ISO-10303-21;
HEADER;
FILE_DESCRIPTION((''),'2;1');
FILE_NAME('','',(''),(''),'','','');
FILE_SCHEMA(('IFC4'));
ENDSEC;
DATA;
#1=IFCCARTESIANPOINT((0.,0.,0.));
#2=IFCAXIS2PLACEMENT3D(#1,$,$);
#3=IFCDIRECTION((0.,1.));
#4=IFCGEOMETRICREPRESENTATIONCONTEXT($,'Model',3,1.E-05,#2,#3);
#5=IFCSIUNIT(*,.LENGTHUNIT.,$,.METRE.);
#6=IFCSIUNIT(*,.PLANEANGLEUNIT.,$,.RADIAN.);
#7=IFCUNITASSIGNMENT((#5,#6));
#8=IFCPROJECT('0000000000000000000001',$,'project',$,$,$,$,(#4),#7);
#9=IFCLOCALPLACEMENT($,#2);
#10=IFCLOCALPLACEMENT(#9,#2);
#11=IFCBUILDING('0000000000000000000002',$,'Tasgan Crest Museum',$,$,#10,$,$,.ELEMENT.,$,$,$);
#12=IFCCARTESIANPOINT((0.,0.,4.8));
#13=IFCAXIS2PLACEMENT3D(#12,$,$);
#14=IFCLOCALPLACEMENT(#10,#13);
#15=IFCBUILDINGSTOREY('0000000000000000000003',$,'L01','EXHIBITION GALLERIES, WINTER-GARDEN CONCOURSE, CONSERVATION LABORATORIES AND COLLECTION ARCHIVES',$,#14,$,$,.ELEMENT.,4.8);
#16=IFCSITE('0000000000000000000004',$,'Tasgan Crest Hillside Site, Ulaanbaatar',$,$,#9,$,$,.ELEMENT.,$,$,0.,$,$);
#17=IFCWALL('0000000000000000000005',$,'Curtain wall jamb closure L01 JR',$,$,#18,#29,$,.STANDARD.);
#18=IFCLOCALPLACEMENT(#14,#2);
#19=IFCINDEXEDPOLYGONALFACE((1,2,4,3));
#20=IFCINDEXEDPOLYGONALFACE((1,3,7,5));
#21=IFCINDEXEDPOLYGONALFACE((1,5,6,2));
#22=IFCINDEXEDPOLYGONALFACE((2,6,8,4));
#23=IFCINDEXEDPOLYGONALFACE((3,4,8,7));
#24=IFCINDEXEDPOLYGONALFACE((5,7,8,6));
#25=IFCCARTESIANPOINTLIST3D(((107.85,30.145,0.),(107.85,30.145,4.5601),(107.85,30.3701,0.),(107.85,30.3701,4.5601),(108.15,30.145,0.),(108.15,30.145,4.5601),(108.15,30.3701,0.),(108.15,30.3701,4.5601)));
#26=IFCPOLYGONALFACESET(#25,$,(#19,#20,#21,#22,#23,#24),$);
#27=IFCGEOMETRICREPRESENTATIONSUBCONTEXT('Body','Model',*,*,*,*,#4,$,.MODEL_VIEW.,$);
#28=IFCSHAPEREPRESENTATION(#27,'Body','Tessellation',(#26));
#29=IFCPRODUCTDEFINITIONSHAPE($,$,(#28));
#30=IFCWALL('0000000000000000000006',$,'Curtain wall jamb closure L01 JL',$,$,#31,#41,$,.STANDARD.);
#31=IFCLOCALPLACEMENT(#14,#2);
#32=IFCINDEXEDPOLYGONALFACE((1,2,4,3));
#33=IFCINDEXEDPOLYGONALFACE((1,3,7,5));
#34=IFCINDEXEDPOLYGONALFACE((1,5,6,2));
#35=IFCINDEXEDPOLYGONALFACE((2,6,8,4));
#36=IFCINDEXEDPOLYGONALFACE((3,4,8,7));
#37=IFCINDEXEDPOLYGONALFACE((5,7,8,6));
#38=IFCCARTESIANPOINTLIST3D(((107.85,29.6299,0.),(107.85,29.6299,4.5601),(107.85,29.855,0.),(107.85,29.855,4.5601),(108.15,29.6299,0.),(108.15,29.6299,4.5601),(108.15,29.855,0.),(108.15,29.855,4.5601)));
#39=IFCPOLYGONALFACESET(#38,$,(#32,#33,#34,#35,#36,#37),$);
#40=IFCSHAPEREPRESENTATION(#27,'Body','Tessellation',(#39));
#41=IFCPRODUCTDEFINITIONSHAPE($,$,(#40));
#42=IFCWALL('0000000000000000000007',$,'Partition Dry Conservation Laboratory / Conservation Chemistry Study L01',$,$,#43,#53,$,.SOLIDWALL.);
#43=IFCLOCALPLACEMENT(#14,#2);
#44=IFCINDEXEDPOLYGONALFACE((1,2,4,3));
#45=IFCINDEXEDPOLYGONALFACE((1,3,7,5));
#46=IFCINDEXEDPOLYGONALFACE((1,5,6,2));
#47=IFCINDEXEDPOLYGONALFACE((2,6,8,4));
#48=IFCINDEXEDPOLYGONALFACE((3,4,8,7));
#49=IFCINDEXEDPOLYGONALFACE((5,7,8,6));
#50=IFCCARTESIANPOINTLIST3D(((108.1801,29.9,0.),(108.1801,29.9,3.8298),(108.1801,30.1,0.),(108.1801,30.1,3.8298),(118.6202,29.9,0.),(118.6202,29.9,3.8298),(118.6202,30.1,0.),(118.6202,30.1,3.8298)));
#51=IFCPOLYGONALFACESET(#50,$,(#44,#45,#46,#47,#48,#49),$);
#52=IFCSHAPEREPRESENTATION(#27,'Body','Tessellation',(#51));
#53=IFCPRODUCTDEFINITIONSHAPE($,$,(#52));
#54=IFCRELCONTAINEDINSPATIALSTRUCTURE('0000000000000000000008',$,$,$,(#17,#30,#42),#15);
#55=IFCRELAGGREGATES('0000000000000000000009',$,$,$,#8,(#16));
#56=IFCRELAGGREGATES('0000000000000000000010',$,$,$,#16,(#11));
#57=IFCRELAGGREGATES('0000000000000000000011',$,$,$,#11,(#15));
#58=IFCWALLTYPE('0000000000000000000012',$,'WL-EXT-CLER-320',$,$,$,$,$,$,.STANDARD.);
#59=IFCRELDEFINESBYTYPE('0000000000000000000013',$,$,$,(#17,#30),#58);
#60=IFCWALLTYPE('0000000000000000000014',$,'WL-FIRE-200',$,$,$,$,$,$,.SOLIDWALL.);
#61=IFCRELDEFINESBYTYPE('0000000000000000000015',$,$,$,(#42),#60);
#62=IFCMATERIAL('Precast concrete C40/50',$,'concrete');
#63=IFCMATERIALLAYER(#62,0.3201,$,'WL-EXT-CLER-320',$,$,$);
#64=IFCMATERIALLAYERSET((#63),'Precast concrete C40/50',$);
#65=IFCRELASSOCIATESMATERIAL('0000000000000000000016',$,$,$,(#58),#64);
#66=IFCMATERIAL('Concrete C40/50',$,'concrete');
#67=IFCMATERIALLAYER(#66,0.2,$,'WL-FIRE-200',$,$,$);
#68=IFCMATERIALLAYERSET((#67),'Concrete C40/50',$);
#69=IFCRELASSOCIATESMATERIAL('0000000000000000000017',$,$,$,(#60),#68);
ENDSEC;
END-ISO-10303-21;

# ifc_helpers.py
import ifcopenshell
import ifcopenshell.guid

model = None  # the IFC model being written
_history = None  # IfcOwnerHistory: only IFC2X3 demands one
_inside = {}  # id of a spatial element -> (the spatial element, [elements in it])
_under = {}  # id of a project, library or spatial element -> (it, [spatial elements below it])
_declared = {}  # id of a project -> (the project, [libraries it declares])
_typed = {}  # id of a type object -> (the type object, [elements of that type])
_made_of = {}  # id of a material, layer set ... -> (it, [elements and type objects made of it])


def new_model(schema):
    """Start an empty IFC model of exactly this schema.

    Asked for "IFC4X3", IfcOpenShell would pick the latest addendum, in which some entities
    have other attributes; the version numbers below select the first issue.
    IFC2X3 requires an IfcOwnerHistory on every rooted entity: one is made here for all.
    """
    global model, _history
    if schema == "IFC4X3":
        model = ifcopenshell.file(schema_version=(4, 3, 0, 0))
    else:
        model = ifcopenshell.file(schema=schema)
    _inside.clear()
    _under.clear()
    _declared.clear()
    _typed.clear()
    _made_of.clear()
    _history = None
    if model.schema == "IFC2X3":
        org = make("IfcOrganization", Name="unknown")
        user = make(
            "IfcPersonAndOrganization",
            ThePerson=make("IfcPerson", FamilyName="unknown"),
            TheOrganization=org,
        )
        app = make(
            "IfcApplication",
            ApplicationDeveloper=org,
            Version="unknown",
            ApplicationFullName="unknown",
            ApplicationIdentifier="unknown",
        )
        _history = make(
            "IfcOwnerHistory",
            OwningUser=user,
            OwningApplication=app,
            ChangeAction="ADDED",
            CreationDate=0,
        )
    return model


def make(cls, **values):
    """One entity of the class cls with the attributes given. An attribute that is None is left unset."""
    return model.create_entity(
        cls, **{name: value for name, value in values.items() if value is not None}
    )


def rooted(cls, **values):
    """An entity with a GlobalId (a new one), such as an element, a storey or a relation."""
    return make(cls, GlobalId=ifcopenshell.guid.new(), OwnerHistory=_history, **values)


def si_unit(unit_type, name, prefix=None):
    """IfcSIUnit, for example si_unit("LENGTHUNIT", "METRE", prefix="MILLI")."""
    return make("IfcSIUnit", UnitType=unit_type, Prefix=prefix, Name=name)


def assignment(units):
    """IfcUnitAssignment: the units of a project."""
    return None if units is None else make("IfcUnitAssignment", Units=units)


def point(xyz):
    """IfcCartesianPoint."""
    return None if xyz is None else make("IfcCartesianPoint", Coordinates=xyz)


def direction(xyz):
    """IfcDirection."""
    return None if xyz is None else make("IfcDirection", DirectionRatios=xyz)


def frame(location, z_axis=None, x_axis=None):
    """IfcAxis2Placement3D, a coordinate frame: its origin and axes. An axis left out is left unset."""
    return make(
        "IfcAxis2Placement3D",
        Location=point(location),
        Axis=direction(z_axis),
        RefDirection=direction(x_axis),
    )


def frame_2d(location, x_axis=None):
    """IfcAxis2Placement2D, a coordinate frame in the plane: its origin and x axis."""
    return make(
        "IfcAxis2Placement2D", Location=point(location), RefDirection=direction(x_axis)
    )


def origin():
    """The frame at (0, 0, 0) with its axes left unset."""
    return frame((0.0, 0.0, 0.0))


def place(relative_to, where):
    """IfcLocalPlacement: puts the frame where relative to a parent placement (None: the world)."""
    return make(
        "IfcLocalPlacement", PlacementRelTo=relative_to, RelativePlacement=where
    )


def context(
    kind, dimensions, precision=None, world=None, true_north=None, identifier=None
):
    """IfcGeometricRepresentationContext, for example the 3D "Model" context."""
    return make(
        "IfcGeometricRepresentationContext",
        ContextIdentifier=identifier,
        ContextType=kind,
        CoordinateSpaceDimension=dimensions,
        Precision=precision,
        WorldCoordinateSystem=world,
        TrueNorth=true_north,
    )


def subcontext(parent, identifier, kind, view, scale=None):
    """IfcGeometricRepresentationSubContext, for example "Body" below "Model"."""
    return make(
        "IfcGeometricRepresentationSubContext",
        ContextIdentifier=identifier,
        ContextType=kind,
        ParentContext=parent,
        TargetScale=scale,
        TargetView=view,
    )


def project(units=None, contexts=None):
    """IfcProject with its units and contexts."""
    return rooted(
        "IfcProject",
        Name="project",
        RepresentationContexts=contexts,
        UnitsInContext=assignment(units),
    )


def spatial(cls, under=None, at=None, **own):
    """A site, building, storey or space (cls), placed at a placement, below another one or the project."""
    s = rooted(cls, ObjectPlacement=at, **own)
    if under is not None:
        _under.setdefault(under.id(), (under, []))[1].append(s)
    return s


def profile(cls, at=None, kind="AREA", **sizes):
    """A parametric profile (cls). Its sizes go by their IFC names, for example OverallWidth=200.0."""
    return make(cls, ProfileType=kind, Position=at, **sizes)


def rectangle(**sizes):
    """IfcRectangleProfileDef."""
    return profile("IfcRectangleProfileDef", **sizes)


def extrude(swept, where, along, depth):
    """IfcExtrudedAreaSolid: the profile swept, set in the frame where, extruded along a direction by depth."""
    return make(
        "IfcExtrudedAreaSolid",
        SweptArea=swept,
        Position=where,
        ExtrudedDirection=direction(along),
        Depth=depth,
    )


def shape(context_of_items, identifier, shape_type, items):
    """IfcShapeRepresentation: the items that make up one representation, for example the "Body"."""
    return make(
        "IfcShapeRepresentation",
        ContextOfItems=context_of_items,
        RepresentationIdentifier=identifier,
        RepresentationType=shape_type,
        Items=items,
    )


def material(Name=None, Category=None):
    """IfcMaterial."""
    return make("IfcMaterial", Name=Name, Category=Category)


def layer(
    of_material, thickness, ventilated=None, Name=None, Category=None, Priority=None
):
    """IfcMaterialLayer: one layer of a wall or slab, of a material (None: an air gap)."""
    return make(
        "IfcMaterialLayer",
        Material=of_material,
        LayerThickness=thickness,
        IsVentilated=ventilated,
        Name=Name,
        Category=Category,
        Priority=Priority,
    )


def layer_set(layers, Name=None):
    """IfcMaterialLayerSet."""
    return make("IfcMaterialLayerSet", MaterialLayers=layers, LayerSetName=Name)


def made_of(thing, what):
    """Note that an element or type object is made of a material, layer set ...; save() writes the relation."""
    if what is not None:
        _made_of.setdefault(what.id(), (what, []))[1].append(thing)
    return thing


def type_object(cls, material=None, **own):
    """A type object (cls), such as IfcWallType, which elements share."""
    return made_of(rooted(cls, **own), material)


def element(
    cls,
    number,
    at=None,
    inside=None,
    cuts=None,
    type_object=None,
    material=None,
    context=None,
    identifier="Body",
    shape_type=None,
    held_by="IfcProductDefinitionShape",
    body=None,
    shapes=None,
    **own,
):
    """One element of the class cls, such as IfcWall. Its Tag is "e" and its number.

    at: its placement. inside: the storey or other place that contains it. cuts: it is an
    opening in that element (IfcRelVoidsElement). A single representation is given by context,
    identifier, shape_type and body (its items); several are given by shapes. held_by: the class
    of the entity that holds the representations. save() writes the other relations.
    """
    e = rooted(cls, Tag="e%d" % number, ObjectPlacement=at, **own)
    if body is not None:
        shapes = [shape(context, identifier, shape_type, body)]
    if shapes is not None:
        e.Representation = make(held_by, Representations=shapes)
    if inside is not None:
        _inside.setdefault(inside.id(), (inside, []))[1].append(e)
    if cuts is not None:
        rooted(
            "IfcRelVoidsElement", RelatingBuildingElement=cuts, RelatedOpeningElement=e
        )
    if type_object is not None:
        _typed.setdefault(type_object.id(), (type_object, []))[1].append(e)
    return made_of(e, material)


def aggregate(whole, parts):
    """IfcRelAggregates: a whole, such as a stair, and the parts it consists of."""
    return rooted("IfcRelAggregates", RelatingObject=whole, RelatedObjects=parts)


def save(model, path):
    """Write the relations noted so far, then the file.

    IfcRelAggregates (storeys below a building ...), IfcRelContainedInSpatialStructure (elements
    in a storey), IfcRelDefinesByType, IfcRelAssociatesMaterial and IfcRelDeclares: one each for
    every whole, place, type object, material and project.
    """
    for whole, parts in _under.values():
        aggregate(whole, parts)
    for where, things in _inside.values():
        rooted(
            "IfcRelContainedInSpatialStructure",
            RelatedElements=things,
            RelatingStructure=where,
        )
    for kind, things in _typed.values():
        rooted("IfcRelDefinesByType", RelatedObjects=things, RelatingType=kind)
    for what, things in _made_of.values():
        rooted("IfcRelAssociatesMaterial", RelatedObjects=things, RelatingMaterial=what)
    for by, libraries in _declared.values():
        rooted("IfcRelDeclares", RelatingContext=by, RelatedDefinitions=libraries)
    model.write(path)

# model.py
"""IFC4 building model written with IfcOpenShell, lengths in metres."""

from ifc_helpers import new_model, si_unit, direction, frame, frame_2d, origin, place, context, subcontext, project, spatial, rectangle, extrude, material, layer, layer_set, type_object, element, save


model = new_model("IFC4")

# Units and contexts
model_context = context("Model", 3, precision=1e-05, world=origin(), true_north=direction((0.0, 1.0)))
body_context = subcontext(model_context, "Body", "Model", "MODEL_VIEW")
ifc_project = project(units=[si_unit("LENGTHUNIT", "METRE"), si_unit("PLANEANGLEUNIT", "RADIAN")], contexts=[model_context])

# Site, building, storey
site_placement = place(None, origin())
site = spatial("IfcSite", under=ifc_project, at=site_placement, Name="Tasgan Crest Hillside Site, Ulaanbaatar", CompositionType="ELEMENT", RefElevation=0.0)
building_placement = place(site_placement, origin())
building = spatial("IfcBuilding", under=site, at=building_placement, Name="Tasgan Crest Museum", CompositionType="ELEMENT")
storey_placement = place(building_placement, frame((0.0, 0.0, 4.8)))
storey = spatial("IfcBuildingStorey", under=building, at=storey_placement, Name="L01", Description="EXHIBITION GALLERIES, WINTER-GARDEN CONCOURSE, CONSERVATION LABORATORIES AND COLLECTION ARCHIVES", CompositionType="ELEMENT", Elevation=4.8)

# Walls
ifc_material_1 = material(Name="Precast concrete C40/50", Category="concrete")
ifc_layer_1 = layer(ifc_material_1, 0.3201, Name="WL-EXT-CLER-320")
ifc_layer_set_1 = layer_set([ifc_layer_1], Name="Precast concrete C40/50")
wall_type_1 = type_object("IfcWallType", Name="WL-EXT-CLER-320", PredefinedType="STANDARD", material=ifc_layer_set_1)
for number, where, z_axis, x_axis, name in (
    (1, (108.0, 30.3701, 0.0), (0.0, 0.0, 1.0), (0.0, -1.0, 0.0), "Curtain wall jamb closure L01 JR"),
    (2, (108.0, 29.855, 0.0), (0.0, 0.0, 1.0), (0.0, -1.0, 0.0), "Curtain wall jamb closure L01 JL"),
):
    element("IfcWall", number, at=place(storey_placement, frame(where, z_axis=z_axis, x_axis=x_axis)), inside=storey, type_object=wall_type_1, Name=name, PredefinedType="STANDARD", context=body_context, shape_type="SweptSolid", body=[
        extrude(rectangle(XDim=0.2251, YDim=0.3, at=frame_2d((0.1125, 0.0))), origin(), (0.0, 0.0, 1.0), 4.5601),
    ])
ifc_material_2 = material(Name="Concrete C40/50", Category="concrete")
ifc_layer_2 = layer(ifc_material_2, 0.2, Name="WL-FIRE-200")
ifc_layer_set_2 = layer_set([ifc_layer_2], Name="Concrete C40/50")
wall_type_2 = type_object("IfcWallType", Name="WL-FIRE-200", PredefinedType="SOLIDWALL", material=ifc_layer_set_2)
wall_placement = place(storey_placement, frame((108.1799, 30.0, 0.0), z_axis=(0.0, 0.0, 1.0), x_axis=(1.0, 0.0, 0.0)))
element("IfcWall", 3, at=wall_placement, inside=storey, type_object=wall_type_2, Name="Partition Dry Conservation Laboratory / Conservation Chemistry Study L01", PredefinedType="SOLIDWALL", context=body_context, shape_type="SweptSolid", body=[
    extrude(rectangle(XDim=10.4402, YDim=0.2, at=frame_2d((5.2202, 0.0))), origin(), (0.0, 0.0, 1.0), 3.8298),
])

save(model, "model.ifc")
